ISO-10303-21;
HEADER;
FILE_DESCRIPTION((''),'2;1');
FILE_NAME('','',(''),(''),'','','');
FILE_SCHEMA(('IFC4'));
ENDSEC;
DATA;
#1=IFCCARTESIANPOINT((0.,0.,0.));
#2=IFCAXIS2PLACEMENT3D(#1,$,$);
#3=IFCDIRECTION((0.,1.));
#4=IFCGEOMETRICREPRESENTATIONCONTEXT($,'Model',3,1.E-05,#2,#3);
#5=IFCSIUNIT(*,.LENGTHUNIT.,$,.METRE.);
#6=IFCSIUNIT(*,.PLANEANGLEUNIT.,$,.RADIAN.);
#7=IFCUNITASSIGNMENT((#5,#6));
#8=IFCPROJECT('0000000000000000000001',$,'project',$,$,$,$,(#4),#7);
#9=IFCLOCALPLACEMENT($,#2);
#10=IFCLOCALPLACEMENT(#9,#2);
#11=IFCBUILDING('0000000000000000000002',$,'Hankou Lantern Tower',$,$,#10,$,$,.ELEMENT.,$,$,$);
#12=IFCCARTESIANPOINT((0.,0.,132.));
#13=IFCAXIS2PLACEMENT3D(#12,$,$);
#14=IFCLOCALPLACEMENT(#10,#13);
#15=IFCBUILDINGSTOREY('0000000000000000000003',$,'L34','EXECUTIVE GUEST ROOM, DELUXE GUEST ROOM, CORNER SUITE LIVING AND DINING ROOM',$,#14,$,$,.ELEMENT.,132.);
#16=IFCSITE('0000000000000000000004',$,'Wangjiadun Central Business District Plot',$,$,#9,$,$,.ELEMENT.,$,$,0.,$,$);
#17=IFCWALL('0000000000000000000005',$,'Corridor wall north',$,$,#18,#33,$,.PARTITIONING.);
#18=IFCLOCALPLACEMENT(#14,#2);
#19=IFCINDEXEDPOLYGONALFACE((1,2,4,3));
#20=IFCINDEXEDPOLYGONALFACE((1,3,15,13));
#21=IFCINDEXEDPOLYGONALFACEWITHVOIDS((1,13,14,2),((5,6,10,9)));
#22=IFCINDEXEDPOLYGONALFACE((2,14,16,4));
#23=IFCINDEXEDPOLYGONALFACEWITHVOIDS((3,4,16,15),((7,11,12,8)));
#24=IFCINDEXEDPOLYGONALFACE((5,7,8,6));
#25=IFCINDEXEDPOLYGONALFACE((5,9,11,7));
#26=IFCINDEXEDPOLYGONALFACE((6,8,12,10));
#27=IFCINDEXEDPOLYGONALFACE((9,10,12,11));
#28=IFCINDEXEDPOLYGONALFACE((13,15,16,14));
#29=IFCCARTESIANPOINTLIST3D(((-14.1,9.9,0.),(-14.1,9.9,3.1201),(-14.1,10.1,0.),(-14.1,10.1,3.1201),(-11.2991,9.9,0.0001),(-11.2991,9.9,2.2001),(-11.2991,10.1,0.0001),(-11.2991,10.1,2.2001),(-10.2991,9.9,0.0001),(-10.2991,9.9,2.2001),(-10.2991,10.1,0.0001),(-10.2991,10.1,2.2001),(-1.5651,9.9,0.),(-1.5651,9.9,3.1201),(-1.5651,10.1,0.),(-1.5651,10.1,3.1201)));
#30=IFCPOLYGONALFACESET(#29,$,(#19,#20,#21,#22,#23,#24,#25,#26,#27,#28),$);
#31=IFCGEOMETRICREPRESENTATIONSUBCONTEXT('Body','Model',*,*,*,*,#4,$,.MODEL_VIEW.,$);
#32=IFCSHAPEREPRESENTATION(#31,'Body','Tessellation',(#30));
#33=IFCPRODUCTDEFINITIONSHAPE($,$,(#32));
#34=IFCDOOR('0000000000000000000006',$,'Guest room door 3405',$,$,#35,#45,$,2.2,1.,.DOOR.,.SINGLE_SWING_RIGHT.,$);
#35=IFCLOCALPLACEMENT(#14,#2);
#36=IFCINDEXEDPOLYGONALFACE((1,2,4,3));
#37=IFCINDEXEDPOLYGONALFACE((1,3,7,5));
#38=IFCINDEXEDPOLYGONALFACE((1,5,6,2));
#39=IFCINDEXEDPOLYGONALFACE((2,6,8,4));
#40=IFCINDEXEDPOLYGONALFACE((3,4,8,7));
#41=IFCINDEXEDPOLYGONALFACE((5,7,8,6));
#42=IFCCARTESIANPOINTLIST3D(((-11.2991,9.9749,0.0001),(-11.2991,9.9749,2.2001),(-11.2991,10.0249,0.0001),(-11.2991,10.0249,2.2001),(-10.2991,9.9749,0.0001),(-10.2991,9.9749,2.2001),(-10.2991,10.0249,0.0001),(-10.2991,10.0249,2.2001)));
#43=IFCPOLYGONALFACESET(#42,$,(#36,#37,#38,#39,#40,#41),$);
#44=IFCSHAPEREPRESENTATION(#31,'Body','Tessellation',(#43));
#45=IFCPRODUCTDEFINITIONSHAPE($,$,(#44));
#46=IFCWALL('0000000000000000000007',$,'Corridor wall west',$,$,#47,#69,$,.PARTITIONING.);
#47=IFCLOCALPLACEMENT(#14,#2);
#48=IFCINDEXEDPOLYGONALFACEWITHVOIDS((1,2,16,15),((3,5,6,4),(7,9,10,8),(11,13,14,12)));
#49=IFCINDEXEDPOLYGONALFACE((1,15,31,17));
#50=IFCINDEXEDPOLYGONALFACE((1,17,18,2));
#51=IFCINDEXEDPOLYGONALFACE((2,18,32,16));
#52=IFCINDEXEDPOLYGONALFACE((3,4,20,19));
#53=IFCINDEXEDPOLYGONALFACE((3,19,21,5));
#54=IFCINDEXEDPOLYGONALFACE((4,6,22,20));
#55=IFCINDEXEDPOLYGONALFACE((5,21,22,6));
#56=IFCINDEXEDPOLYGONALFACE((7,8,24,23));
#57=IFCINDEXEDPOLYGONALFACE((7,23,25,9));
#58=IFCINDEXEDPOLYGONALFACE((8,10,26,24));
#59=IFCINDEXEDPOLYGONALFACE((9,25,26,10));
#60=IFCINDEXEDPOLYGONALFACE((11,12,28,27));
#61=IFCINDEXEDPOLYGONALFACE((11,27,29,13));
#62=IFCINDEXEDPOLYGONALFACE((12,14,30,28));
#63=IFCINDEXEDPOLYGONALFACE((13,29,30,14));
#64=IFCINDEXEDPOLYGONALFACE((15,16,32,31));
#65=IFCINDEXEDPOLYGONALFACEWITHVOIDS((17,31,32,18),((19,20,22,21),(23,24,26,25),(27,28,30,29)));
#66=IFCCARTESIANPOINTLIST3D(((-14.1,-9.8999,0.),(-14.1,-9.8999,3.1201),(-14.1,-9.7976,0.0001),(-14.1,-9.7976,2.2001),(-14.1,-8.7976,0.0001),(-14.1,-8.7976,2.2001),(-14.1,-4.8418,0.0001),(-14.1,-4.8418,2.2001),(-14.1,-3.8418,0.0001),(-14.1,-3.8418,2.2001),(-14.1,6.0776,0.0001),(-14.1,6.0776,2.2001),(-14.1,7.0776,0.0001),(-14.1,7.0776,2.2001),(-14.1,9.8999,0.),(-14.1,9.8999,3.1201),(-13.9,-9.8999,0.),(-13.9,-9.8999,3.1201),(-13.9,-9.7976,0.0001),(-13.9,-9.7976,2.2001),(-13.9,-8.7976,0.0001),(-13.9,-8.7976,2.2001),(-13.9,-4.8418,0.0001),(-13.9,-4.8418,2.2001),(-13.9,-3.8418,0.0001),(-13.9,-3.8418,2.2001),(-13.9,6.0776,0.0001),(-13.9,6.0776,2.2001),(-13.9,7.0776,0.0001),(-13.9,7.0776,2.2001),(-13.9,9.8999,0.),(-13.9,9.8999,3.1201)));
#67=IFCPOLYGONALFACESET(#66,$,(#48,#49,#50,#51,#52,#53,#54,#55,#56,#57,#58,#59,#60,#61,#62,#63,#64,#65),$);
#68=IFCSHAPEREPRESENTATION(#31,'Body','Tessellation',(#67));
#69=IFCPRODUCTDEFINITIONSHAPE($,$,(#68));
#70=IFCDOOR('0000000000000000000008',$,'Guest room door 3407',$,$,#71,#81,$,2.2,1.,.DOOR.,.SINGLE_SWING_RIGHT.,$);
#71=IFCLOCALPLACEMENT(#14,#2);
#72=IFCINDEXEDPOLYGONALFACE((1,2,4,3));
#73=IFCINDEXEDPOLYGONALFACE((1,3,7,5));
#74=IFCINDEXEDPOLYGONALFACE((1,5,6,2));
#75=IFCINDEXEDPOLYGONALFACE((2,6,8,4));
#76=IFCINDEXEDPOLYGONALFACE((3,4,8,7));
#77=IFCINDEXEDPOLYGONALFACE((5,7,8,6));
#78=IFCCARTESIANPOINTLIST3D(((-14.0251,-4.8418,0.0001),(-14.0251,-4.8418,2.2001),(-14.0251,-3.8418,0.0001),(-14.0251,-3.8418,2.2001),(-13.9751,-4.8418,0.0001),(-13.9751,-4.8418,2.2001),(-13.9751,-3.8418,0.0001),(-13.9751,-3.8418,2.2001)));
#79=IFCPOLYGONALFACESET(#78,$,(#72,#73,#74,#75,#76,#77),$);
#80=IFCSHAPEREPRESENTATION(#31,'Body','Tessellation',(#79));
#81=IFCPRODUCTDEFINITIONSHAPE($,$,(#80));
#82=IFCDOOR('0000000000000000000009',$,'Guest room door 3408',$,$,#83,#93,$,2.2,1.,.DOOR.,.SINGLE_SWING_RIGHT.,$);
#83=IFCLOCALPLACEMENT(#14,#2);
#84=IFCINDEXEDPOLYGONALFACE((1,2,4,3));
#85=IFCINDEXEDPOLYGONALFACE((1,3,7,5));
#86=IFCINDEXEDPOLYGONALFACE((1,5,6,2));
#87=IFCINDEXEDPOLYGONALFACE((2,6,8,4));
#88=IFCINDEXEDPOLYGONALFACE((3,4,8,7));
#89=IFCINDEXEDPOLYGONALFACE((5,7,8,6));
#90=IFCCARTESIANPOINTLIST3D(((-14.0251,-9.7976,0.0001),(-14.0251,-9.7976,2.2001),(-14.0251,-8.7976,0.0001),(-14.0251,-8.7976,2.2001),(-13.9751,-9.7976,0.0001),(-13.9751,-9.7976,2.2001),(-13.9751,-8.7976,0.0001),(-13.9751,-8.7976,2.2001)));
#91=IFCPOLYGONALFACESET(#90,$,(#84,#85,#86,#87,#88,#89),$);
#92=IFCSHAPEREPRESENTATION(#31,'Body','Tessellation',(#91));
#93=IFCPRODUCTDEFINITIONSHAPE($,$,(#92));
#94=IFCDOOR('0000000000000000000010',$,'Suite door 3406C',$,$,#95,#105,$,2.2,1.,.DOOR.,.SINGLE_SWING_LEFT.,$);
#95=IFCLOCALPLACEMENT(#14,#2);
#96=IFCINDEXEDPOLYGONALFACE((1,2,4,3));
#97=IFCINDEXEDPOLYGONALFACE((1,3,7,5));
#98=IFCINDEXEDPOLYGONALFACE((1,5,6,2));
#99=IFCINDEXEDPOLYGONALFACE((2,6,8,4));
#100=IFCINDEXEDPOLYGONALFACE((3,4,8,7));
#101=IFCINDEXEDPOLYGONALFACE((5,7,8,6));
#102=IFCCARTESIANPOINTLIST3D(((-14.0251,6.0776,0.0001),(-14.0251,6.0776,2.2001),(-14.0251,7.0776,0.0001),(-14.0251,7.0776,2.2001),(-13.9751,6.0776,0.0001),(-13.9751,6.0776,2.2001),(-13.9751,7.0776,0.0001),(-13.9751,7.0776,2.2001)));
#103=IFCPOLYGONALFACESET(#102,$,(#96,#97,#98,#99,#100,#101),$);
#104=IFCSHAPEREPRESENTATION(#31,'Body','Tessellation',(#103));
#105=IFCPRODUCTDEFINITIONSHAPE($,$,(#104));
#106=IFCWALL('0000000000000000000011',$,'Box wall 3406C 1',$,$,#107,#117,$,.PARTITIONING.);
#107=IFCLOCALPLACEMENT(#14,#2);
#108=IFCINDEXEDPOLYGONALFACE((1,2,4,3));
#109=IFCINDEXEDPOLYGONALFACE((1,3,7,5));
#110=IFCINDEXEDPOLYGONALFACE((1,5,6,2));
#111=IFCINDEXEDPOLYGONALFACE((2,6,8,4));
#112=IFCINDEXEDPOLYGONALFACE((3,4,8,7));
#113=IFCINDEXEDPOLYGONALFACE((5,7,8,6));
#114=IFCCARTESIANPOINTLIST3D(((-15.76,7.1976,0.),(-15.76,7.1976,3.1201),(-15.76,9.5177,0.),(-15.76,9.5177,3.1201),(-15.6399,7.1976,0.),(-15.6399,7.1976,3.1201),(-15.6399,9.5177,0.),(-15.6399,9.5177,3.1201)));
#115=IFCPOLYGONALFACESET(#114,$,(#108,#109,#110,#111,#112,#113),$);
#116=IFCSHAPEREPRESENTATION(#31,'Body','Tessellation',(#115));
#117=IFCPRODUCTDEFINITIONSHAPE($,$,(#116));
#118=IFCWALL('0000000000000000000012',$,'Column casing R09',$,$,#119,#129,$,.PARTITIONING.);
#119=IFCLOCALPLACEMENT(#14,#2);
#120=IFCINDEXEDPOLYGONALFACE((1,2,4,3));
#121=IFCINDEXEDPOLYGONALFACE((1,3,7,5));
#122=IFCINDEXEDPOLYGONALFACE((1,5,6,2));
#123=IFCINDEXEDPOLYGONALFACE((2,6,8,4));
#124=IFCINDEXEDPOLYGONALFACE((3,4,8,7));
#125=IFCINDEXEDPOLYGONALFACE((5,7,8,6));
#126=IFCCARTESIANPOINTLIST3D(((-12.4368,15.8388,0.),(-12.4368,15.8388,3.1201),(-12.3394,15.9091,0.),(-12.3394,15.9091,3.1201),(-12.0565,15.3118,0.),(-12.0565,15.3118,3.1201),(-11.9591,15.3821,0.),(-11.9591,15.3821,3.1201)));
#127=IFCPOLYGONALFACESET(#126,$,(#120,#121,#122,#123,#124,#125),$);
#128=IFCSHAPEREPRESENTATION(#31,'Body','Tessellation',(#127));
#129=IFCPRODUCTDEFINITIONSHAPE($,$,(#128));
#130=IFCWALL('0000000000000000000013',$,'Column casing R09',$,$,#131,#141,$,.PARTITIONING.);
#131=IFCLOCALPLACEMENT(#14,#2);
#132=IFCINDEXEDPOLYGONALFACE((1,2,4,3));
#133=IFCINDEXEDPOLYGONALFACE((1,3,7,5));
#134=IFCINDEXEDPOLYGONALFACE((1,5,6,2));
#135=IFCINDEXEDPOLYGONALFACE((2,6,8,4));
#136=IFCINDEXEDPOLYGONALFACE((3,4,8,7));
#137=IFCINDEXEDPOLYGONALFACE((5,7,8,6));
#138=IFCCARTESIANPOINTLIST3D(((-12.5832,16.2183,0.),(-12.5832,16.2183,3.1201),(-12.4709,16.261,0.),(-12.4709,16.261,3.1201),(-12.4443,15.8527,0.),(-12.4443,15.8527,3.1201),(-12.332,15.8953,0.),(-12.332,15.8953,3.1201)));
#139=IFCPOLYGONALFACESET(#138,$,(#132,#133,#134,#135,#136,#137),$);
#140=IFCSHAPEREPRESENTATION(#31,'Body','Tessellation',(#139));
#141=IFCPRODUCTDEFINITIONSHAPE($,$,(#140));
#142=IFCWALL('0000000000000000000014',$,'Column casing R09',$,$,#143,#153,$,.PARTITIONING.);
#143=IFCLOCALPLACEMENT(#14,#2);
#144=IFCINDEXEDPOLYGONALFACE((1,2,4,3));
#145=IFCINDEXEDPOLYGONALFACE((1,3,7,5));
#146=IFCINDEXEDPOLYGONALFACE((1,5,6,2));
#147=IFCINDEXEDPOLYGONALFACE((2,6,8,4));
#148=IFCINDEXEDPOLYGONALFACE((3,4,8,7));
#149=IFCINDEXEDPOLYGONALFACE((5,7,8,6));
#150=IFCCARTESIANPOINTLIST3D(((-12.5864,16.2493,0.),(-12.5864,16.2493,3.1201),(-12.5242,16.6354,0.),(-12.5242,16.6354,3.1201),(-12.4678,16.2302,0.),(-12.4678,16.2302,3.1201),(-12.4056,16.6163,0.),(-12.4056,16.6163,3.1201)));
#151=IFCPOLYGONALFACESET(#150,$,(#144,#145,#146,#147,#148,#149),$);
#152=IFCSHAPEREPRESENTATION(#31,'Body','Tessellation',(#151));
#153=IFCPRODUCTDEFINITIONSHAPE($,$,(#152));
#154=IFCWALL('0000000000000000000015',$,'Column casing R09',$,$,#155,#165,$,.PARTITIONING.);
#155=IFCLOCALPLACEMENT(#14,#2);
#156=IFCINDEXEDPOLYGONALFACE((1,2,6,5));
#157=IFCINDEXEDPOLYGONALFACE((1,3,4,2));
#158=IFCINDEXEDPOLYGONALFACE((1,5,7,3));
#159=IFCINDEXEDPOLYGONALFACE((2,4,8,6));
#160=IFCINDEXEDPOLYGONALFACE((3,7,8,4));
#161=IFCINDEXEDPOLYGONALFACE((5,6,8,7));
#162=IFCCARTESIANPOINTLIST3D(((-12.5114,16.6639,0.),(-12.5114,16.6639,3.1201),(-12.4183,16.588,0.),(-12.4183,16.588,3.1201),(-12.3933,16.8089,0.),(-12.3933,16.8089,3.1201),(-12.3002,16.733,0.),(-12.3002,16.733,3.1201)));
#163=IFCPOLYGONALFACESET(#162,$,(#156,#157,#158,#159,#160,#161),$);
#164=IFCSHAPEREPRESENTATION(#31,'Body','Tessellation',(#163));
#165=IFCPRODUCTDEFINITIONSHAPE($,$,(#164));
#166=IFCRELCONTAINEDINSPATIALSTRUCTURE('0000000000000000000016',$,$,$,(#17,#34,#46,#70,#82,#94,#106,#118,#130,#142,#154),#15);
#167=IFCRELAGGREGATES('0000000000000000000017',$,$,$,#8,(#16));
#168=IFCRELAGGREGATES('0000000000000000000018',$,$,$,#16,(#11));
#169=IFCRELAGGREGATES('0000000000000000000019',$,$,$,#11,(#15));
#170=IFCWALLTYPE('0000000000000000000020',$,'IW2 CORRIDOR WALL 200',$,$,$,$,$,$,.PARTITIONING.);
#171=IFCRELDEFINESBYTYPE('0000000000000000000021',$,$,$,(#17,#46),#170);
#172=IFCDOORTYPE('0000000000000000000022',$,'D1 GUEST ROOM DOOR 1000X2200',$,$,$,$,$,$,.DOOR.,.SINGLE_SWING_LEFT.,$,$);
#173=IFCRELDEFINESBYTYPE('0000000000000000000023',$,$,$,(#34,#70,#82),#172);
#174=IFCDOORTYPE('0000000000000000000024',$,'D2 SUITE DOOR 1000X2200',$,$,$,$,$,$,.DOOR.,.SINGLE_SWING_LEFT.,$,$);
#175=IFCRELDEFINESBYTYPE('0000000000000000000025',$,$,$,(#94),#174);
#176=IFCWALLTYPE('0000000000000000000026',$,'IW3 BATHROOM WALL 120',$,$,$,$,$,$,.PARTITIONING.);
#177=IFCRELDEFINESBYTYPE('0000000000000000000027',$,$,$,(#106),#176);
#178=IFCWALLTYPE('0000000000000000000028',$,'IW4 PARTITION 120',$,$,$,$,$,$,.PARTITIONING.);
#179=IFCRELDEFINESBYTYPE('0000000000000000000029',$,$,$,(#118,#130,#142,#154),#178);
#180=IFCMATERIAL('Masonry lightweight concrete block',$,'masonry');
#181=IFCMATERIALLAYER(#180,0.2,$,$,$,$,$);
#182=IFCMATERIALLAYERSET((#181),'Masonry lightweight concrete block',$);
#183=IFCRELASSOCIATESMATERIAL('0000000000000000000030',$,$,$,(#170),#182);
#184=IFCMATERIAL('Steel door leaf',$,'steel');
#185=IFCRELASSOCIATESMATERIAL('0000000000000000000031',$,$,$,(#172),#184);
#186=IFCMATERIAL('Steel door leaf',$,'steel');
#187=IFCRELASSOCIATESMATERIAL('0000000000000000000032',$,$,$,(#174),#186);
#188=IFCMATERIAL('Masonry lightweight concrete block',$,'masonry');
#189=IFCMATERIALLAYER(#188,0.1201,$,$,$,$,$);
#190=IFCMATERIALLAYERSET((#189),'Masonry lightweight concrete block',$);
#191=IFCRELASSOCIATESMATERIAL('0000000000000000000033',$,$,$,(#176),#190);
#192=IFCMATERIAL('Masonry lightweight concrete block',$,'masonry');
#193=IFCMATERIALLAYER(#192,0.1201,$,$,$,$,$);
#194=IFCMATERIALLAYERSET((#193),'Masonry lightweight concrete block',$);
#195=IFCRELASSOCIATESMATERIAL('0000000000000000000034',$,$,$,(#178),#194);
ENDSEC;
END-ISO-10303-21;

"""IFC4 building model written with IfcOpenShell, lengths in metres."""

from ifc_helpers import new_model, si_unit, direction, frame, frame_2d, origin, place, context, subcontext, project, spatial, rectangle, extrude, material, layer, layer_set, type_object, element, fill, save


model = new_model("IFC4")

# Units and contexts
model_context = context("Model", 3, precision=1e-05, world=origin(), true_north=direction((0.0, 1.0)))
body_context = subcontext(model_context, "Body", "Model", "MODEL_VIEW")
ifc_project = project(units=[si_unit("LENGTHUNIT", "METRE"), si_unit("PLANEANGLEUNIT", "RADIAN")], contexts=[model_context])

# Site, building, storey
site_placement = place(None, origin())
site = spatial("IfcSite", under=ifc_project, at=site_placement, Name="Wangjiadun Central Business District Plot", CompositionType="ELEMENT", RefElevation=0.0)
building_placement = place(site_placement, origin())
building = spatial("IfcBuilding", under=site, at=building_placement, Name="Hankou Lantern Tower", CompositionType="ELEMENT")
storey_placement = place(building_placement, frame((0.0, 0.0, 132.0)))
storey = spatial("IfcBuildingStorey", under=building, at=storey_placement, Name="L34", Description="EXECUTIVE GUEST ROOM, DELUXE GUEST ROOM, CORNER SUITE LIVING AND DINING ROOM", CompositionType="ELEMENT", Elevation=132.0)

# Wall, opening, door
ifc_material_1 = material(Name="Masonry lightweight concrete block", Category="masonry")
ifc_layer_1 = layer(ifc_material_1, 0.2)
ifc_layer_set_1 = layer_set([ifc_layer_1], Name="Masonry lightweight concrete block")
wall_type_1 = type_object("IfcWallType", Name="IW2 CORRIDOR WALL 200", PredefinedType="PARTITIONING", material=ifc_layer_set_1)
wall_1_placement = place(storey_placement, frame((-14.1001, 10.0, 0.0), z_axis=(0.0, 0.0, 1.0), x_axis=(1.0, 0.0, 0.0)))
wall_1 = element("IfcWall", 1, at=wall_1_placement, inside=storey, type_object=wall_type_1, Name="Corridor wall north", PredefinedType="PARTITIONING", context=body_context, shape_type="SweptSolid", body=[
    extrude(rectangle(XDim=12.5349, YDim=0.2, at=frame_2d((6.2676, 0.0))), origin(), (0.0, 0.0, 1.0), 3.1201),
])
opening_1_placement = place(wall_1_placement, frame((2.801, 0.0, 0.0)))
opening_1 = element("IfcOpeningElement", 2, at=opening_1_placement, cuts=wall_1, PredefinedType="OPENING", context=body_context, shape_type="SweptSolid", body=[
    extrude(rectangle(XDim=1.0, YDim=2.2, at=frame_2d((0.5, 1.1001))), frame((0.0, 0.1099, 0.0), z_axis=(0.0, -1.0, 0.0), x_axis=(1.0, 0.0, 0.0)), (0.0, 0.0, 1.0), 0.22),
])
ifc_material_2 = material(Name="Steel door leaf", Category="steel")
door_type_1 = type_object("IfcDoorType", Name="D1 GUEST ROOM DOOR 1000X2200", OperationType="SINGLE_SWING_LEFT", PredefinedType="DOOR", material=ifc_material_2)
door_1_placement = place(opening_1_placement, origin())
door_1 = element("IfcDoor", 3, at=door_1_placement, inside=storey, type_object=door_type_1, Name="Guest room door 3405", OperationType="SINGLE_SWING_RIGHT", OverallHeight=2.2, OverallWidth=1.0, PredefinedType="DOOR", context=body_context, shape_type="SweptSolid", body=[
    extrude(rectangle(XDim=1.0, YDim=2.2, at=frame_2d((0.5, 1.1001))), frame((0.0, 0.0249, 0.0), z_axis=(0.0, -1.0, 0.0), x_axis=(1.0, 0.0, 0.0)), (0.0, 0.0, 1.0), 0.05),
])
fill(opening_1, door_1)

# Wall, openings, doors
wall_2_placement = place(storey_placement, frame((-14.0, 9.8999, 0.0), z_axis=(0.0, 0.0, 1.0), x_axis=(0.0, -1.0, 0.0)))
wall_2 = element("IfcWall", 4, at=wall_2_placement, inside=storey, type_object=wall_type_1, Name="Corridor wall west", PredefinedType="PARTITIONING", context=body_context, shape_type="SweptSolid", body=[
    extrude(rectangle(XDim=19.7998, YDim=0.2, at=frame_2d((9.8999, 0.0))), origin(), (0.0, 0.0, 1.0), 3.1201),
])
opening_2_placement = place(wall_2_placement, frame((2.8223, 0.0, 0.0)))
opening_2 = element("IfcOpeningElement", 5, at=opening_2_placement, cuts=wall_2, PredefinedType="OPENING", context=body_context, shape_type="SweptSolid", body=[
    extrude(rectangle(XDim=1.0, YDim=2.2, at=frame_2d((0.5, 1.1001))), frame((0.0, 0.1099, 0.0), z_axis=(0.0, -1.0, 0.0), x_axis=(1.0, 0.0, 0.0)), (0.0, 0.0, 1.0), 0.22),
])
opening_3_placement = place(wall_2_placement, frame((13.7417, 0.0, 0.0)))
opening_3 = element("IfcOpeningElement", 6, at=opening_3_placement, cuts=wall_2, PredefinedType="OPENING", context=body_context, shape_type="SweptSolid", body=[
    extrude(rectangle(XDim=1.0, YDim=2.2, at=frame_2d((0.5, 1.1001))), frame((0.0, 0.1099, 0.0), z_axis=(0.0, -1.0, 0.0), x_axis=(1.0, 0.0, 0.0)), (0.0, 0.0, 1.0), 0.22),
])
opening_4_placement = place(wall_2_placement, frame((18.6975, 0.0, 0.0)))
opening_4 = element("IfcOpeningElement", 7, at=opening_4_placement, cuts=wall_2, PredefinedType="OPENING", context=body_context, shape_type="SweptSolid", body=[
    extrude(rectangle(XDim=1.0, YDim=2.2, at=frame_2d((0.5, 1.1001))), frame((0.0, 0.1099, 0.0), z_axis=(0.0, -1.0, 0.0), x_axis=(1.0, 0.0, 0.0)), (0.0, 0.0, 1.0), 0.22),
])
door_2_placement = place(opening_3_placement, origin())
door_2 = element("IfcDoor", 8, at=door_2_placement, inside=storey, type_object=door_type_1, Name="Guest room door 3407", OperationType="SINGLE_SWING_RIGHT", OverallHeight=2.2, OverallWidth=1.0, PredefinedType="DOOR", context=body_context, shape_type="SweptSolid", body=[
    extrude(rectangle(XDim=1.0, YDim=2.2, at=frame_2d((0.5, 1.1001))), frame((0.0, 0.0249, 0.0), z_axis=(0.0, -1.0, 0.0), x_axis=(1.0, 0.0, 0.0)), (0.0, 0.0, 1.0), 0.05),
])
fill(opening_3, door_2)
door_3_placement = place(opening_4_placement, origin())
door_3 = element("IfcDoor", 9, at=door_3_placement, inside=storey, type_object=door_type_1, Name="Guest room door 3408", OperationType="SINGLE_SWING_RIGHT", OverallHeight=2.2, OverallWidth=1.0, PredefinedType="DOOR", context=body_context, shape_type="SweptSolid", body=[
    extrude(rectangle(XDim=1.0, YDim=2.2, at=frame_2d((0.5, 1.1001))), frame((0.0, 0.0249, 0.0), z_axis=(0.0, -1.0, 0.0), x_axis=(1.0, 0.0, 0.0)), (0.0, 0.0, 1.0), 0.05),
])
fill(opening_4, door_3)
ifc_material_3 = material(Name="Steel door leaf", Category="steel")
door_type_2 = type_object("IfcDoorType", Name="D2 SUITE DOOR 1000X2200", OperationType="SINGLE_SWING_LEFT", PredefinedType="DOOR", material=ifc_material_3)
door_4_placement = place(opening_2_placement, origin())
door_4 = element("IfcDoor", 10, at=door_4_placement, inside=storey, type_object=door_type_2, Name="Suite door 3406C", OperationType="SINGLE_SWING_LEFT", OverallHeight=2.2, OverallWidth=1.0, PredefinedType="DOOR", context=body_context, shape_type="SweptSolid", body=[
    extrude(rectangle(XDim=1.0, YDim=2.2, at=frame_2d((0.5, 1.1001))), frame((0.0, 0.0249, 0.0), z_axis=(0.0, -1.0, 0.0), x_axis=(1.0, 0.0, 0.0)), (0.0, 0.0, 1.0), 0.05),
])
fill(opening_2, door_4)

# Walls
ifc_material_4 = material(Name="Masonry lightweight concrete block", Category="masonry")
ifc_layer_2 = layer(ifc_material_4, 0.1201)
ifc_layer_set_2 = layer_set([ifc_layer_2], Name="Masonry lightweight concrete block")
wall_type_2 = type_object("IfcWallType", Name="IW3 BATHROOM WALL 120", PredefinedType="PARTITIONING", material=ifc_layer_set_2)
wall_3_placement = place(storey_placement, frame((-15.7, 9.5178, 0.0), z_axis=(0.0, 0.0, 1.0), x_axis=(0.0, -1.0, 0.0)))
element("IfcWall", 11, at=wall_3_placement, inside=storey, type_object=wall_type_2, Name="Box wall 3406C 1", PredefinedType="PARTITIONING", context=body_context, shape_type="SweptSolid", body=[
    extrude(rectangle(XDim=2.3201, YDim=0.1201, at=frame_2d((1.1602, 0.0))), origin(), (0.0, 0.0, 1.0), 3.1201),
])
ifc_material_5 = material(Name="Masonry lightweight concrete block", Category="masonry")
ifc_layer_3 = layer(ifc_material_5, 0.1201)
ifc_layer_set_3 = layer_set([ifc_layer_3], Name="Masonry lightweight concrete block")
wall_type_3 = type_object("IfcWallType", Name="IW4 PARTITION 120", PredefinedType="PARTITIONING", material=ifc_layer_set_3)
wall_4_placement = place(storey_placement, frame((-12.0078, 15.3469, 0.0), z_axis=(0.0, 0.0, 1.0), x_axis=(-0.585175, 0.810907, 0.0)))
element("IfcWall", 12, at=wall_4_placement, inside=storey, type_object=wall_type_3, Name="Column casing R09", PredefinedType="PARTITIONING", context=body_context, shape_type="SweptSolid", body=[
    extrude(rectangle(XDim=0.6499, YDim=0.1201, at=frame_2d((0.325, 0.0))), origin(), (0.0, 0.0, 1.0), 3.1201),
])
for number, where, z_axis, x_axis, name in (
    (13, (-12.3882, 15.874, 0.0), (0.0, 0.0, 1.0), (-0.355087, 0.934833, 0.0), "Column casing R09"),
    (14, (-12.5271, 16.2397, 0.0), (0.0, 0.0, 1.0), (0.159134, 0.987257, 0.0), "Column casing R09"),
):
    element("IfcWall", number, at=place(storey_placement, frame(where, z_axis=z_axis, x_axis=x_axis)), inside=storey, type_object=wall_type_3, Name=name, PredefinedType="PARTITIONING", context=body_context, shape_type="SweptSolid", body=[
        extrude(rectangle(XDim=0.3911, YDim=0.1201, at=frame_2d((0.1956, 0.0))), origin(), (0.0, 0.0, 1.0), 3.1201),
    ])
wall_5_placement = place(storey_placement, frame((-12.4648, 16.626, 0.0), z_axis=(0.0, 0.0, 1.0), x_axis=(0.631673, 0.775235, 0.0)))
element("IfcWall", 15, at=wall_5_placement, inside=storey, type_object=wall_type_3, Name="Column casing R09", PredefinedType="PARTITIONING", context=body_context, shape_type="SweptSolid", body=[
    extrude(rectangle(XDim=0.187, YDim=0.1201, at=frame_2d((0.0935, 0.0))), origin(), (0.0, 0.0, 1.0), 3.1201),
])

save(model, "model.ifc")
